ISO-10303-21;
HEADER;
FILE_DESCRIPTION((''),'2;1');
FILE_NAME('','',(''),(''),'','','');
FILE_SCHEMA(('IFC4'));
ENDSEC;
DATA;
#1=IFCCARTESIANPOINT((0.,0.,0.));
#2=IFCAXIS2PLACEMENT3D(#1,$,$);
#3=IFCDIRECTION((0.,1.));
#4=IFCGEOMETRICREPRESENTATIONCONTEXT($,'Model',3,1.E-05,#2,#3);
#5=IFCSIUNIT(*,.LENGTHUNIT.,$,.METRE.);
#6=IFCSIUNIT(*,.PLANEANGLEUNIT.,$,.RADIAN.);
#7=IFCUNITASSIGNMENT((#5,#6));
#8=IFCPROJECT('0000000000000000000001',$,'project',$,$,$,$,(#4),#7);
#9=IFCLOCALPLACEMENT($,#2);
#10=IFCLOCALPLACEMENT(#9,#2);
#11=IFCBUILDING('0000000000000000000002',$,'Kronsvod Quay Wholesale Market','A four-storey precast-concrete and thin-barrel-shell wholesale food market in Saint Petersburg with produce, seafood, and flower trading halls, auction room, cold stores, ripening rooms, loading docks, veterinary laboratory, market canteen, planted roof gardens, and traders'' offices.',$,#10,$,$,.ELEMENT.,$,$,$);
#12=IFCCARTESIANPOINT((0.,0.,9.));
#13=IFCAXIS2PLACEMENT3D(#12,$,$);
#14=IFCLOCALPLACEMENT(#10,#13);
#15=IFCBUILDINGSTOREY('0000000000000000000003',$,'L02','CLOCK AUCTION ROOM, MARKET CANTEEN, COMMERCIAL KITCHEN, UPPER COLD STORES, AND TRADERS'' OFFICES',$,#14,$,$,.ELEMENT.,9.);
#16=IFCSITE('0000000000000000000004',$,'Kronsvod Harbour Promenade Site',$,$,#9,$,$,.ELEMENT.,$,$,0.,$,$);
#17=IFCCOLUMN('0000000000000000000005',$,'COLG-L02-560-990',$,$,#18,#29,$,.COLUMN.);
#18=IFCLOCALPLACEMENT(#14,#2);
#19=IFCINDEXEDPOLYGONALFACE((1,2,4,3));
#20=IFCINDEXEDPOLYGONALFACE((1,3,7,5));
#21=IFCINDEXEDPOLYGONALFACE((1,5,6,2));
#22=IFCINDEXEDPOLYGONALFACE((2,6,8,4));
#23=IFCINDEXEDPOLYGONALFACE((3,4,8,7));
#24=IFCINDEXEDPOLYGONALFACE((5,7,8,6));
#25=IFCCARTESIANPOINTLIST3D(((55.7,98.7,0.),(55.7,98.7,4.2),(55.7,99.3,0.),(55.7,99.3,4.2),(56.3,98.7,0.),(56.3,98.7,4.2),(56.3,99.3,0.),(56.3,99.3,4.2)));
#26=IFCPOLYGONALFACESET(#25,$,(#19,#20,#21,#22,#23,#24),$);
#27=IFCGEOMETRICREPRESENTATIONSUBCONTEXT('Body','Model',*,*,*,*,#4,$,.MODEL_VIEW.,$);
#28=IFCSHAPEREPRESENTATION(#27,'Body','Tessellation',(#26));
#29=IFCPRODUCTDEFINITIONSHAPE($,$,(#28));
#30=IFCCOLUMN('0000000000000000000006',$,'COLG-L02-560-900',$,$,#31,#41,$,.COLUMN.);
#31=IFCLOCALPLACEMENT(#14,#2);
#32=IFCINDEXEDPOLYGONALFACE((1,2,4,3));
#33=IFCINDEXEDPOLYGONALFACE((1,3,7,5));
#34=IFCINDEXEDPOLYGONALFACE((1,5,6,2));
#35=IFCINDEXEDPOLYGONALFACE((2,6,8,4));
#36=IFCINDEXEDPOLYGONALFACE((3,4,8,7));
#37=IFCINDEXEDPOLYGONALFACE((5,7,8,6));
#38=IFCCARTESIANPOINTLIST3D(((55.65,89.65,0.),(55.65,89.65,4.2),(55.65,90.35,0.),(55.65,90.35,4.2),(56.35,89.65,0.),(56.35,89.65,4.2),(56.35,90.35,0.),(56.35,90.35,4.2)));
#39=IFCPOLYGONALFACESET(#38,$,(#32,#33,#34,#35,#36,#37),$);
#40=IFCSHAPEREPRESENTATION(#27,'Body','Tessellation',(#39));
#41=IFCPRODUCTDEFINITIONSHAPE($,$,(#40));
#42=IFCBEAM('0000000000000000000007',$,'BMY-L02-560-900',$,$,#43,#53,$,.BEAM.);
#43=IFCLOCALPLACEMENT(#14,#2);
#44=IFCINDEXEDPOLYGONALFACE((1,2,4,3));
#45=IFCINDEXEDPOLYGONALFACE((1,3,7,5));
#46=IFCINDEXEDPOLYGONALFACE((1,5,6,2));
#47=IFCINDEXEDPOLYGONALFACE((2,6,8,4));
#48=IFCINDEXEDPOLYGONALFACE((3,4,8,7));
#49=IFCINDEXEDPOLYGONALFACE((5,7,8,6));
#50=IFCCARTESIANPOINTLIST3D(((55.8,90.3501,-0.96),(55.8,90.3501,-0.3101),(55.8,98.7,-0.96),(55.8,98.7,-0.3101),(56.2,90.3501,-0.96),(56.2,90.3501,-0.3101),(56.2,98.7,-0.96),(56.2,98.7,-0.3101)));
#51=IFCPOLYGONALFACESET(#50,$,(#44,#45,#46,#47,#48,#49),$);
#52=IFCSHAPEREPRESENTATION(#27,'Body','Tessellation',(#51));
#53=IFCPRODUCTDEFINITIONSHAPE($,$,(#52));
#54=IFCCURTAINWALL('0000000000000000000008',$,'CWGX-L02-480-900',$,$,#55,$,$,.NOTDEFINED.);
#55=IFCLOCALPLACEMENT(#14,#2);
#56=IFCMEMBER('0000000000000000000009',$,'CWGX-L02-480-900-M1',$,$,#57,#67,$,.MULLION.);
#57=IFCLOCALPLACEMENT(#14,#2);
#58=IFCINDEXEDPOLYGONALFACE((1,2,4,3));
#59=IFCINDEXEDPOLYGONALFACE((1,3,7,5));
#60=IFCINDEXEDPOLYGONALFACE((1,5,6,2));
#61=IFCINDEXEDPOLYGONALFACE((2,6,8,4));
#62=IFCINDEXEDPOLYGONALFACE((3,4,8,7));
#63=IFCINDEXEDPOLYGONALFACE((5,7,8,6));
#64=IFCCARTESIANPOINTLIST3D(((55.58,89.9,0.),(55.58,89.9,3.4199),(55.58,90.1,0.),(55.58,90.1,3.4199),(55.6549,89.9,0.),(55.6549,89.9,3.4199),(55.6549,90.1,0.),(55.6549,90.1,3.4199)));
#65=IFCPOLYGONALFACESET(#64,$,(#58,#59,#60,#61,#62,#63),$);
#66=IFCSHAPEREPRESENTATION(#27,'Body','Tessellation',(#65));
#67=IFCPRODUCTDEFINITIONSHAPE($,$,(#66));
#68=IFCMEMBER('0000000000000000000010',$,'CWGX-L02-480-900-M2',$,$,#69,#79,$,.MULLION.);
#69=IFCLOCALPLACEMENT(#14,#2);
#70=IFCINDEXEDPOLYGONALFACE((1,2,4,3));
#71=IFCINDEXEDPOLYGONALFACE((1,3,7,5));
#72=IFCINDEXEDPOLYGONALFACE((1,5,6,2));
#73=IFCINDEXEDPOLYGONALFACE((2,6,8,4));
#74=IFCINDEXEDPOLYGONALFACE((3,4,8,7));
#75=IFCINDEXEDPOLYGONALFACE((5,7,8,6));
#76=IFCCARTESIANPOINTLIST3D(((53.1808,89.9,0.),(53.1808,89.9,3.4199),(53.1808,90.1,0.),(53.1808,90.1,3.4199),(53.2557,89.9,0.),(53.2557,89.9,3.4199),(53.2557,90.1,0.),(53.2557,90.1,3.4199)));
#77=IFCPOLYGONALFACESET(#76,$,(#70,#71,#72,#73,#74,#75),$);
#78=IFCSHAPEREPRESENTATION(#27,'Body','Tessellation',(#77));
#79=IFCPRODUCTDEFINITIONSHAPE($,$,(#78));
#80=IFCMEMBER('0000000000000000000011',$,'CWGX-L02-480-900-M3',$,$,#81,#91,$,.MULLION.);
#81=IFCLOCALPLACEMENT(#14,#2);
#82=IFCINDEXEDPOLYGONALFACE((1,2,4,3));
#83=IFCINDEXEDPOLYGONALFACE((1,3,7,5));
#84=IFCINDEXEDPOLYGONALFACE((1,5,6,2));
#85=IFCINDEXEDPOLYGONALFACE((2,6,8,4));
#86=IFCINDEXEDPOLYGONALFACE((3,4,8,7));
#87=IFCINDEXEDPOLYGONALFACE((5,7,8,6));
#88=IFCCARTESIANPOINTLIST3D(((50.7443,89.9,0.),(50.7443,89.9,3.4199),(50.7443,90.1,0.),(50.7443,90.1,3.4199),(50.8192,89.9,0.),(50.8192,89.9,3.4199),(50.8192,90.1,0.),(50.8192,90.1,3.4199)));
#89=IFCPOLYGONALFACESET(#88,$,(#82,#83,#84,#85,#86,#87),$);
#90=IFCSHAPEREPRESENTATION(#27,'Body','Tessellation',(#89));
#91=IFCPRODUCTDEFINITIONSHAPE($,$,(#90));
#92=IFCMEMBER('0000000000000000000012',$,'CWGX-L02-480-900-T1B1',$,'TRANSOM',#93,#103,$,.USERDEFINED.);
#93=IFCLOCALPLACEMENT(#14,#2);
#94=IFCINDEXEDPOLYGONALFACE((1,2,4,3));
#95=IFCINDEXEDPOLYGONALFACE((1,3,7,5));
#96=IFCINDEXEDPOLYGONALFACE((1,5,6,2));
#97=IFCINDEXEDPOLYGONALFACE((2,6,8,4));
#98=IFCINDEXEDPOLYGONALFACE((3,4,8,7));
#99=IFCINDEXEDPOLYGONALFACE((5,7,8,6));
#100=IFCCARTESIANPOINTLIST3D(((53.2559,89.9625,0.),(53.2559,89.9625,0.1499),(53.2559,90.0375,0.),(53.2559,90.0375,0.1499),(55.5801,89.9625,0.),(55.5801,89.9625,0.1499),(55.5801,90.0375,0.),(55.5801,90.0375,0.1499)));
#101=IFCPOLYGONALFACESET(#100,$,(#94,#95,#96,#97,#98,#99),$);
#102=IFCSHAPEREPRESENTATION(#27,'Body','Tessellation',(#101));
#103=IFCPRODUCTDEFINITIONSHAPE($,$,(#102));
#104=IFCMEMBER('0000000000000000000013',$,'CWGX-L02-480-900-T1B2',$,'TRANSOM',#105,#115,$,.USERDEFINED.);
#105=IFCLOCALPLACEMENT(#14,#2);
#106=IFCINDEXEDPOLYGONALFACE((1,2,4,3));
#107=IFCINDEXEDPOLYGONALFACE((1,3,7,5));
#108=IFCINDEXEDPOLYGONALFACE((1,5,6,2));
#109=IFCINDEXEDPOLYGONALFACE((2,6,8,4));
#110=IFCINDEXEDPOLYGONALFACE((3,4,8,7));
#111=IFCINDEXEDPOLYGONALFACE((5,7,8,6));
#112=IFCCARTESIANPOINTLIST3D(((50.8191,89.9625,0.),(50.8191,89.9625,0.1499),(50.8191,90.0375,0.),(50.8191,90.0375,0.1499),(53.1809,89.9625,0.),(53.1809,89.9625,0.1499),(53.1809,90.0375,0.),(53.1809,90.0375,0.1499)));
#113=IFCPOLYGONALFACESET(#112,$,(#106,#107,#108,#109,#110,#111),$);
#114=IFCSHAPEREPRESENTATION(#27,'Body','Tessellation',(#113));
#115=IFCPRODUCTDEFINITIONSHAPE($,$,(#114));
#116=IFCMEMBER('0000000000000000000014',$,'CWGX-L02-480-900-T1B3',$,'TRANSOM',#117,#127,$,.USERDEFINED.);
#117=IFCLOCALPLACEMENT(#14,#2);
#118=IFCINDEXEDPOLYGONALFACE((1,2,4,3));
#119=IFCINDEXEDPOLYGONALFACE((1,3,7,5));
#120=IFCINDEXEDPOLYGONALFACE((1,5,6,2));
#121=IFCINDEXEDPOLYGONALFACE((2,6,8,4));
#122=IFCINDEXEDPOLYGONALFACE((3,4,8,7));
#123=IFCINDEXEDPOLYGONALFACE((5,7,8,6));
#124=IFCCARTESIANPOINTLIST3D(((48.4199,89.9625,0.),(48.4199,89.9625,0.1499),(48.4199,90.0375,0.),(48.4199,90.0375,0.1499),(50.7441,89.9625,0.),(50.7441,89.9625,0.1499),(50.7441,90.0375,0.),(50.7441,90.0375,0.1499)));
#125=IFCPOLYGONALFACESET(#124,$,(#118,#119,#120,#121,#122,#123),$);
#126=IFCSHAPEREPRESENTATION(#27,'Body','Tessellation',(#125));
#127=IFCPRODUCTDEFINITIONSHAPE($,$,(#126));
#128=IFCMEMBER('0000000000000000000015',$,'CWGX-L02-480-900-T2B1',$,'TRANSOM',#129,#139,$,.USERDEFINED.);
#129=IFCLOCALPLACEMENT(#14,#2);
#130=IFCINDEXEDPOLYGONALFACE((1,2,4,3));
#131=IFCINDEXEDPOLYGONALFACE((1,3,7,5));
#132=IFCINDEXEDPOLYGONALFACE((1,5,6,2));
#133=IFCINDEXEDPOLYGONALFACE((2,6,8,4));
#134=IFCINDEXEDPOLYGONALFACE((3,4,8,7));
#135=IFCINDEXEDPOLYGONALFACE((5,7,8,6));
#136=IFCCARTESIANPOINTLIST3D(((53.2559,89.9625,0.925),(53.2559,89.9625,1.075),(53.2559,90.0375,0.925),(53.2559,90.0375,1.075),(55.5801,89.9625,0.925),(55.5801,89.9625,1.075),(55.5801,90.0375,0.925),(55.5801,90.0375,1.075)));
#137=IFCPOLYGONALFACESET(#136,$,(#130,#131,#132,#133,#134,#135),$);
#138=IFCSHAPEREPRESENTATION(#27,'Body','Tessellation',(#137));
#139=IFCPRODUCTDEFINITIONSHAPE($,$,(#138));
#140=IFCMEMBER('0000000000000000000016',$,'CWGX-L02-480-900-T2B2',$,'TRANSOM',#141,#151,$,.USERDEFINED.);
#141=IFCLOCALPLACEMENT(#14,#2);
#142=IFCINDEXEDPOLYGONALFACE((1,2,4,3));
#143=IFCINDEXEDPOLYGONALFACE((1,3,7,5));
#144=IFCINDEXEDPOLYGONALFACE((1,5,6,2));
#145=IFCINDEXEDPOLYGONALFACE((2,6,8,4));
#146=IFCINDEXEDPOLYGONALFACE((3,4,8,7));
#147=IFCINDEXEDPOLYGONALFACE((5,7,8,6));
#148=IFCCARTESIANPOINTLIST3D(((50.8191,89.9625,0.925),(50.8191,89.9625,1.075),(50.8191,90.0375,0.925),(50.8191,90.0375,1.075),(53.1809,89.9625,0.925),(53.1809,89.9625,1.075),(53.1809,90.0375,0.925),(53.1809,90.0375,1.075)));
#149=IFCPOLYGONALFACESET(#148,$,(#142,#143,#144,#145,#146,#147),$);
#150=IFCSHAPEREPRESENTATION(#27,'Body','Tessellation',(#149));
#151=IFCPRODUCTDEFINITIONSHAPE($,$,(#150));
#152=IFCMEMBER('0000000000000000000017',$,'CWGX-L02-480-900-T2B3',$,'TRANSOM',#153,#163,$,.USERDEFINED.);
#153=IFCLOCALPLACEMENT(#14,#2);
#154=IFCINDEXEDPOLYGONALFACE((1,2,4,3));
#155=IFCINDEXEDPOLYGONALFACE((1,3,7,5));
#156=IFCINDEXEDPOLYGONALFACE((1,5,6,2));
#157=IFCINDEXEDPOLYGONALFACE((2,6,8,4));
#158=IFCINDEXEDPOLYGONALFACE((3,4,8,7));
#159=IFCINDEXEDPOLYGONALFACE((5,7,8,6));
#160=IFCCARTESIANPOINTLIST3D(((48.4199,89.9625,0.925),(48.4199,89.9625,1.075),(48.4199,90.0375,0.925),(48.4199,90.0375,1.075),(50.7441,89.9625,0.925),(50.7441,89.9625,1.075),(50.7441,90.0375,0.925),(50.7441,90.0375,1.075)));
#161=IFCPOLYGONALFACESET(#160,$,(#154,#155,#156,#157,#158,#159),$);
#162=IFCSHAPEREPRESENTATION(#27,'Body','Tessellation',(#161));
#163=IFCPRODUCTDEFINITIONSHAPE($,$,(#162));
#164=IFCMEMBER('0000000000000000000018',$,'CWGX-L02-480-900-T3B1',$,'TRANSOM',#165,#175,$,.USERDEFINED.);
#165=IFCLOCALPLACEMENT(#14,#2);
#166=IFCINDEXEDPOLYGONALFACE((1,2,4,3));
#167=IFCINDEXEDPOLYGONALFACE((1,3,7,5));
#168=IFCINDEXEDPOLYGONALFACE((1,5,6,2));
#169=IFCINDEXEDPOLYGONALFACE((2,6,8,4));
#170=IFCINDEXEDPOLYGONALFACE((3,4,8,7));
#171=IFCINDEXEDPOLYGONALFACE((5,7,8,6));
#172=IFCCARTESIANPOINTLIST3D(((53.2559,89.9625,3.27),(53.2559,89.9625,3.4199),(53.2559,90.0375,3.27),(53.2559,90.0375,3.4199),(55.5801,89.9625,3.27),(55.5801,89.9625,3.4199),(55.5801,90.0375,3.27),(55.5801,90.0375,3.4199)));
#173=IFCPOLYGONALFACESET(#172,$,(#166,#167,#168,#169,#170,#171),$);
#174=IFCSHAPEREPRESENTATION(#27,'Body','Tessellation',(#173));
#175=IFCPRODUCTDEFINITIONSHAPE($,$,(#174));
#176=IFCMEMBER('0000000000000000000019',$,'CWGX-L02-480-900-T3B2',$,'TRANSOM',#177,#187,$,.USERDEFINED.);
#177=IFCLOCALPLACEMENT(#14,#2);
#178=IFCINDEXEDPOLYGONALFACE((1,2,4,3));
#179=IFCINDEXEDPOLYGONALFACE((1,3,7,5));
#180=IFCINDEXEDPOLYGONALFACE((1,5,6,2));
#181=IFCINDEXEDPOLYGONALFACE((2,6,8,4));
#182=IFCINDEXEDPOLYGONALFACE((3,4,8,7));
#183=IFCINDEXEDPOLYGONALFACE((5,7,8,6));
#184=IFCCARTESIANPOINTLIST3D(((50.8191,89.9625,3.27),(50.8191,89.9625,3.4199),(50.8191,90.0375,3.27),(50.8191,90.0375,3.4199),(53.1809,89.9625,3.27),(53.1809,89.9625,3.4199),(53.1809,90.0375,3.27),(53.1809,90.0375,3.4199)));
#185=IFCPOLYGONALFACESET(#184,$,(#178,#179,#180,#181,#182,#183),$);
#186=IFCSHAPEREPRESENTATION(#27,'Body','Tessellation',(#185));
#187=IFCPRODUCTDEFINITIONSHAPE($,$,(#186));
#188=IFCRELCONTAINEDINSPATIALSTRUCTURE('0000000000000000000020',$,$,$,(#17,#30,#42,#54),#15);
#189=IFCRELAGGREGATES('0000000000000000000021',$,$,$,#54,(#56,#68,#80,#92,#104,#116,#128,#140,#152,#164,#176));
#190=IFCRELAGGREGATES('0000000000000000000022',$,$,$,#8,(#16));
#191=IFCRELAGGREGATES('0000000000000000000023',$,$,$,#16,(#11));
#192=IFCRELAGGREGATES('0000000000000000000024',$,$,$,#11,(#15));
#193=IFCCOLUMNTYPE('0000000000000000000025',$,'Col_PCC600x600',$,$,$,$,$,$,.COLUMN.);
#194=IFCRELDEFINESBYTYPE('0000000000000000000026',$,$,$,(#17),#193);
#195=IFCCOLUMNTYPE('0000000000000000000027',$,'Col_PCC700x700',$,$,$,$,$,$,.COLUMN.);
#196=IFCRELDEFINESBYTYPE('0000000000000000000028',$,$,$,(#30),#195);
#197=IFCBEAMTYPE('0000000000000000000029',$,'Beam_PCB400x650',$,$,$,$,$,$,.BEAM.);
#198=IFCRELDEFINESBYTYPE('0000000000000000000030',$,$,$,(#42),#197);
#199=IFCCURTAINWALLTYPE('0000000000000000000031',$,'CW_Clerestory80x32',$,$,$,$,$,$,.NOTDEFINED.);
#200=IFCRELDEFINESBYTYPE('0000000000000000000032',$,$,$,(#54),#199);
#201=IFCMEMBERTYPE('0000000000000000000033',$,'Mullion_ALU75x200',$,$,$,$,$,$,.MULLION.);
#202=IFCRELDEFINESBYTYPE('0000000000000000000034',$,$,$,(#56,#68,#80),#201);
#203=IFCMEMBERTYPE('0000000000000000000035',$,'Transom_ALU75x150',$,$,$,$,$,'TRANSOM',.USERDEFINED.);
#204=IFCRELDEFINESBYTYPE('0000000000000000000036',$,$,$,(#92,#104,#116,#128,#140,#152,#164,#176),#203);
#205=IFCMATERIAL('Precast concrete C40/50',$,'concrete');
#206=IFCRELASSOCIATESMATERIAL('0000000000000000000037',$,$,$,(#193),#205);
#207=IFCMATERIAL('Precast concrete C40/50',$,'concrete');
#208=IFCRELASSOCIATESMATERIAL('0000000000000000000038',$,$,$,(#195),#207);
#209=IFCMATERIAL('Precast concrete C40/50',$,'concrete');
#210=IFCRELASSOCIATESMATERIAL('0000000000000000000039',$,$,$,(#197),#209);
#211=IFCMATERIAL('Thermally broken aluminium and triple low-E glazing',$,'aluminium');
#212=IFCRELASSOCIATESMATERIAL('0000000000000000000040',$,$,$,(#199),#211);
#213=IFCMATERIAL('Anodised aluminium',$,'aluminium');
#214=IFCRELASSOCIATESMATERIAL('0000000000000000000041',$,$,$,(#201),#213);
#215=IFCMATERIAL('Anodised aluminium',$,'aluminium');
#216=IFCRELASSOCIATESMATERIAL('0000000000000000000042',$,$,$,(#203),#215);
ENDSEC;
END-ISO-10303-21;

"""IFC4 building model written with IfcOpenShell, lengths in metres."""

from ifc_helpers import new_model, si_unit, direction, frame, origin, origin_2d, place, context, subcontext, project, spatial, rectangle, extrude, material, material_profile, profile_set, type_object, element, aggregate, save


model = new_model("IFC4")

# Units and contexts
model_context = context("Model", 3, precision=1e-05, world=origin(), true_north=direction((0.0, 1.0)))
body_context = subcontext(model_context, "Body", "Model", "MODEL_VIEW")
ifc_project = project(units=[si_unit("LENGTHUNIT", "METRE"), si_unit("PLANEANGLEUNIT", "RADIAN")], contexts=[model_context])

# Site, building, storey
site_placement = place(None, origin())
site = spatial("IfcSite", under=ifc_project, at=site_placement, Name="Kronsvod Harbour Promenade Site", CompositionType="ELEMENT", RefElevation=0.0)
building_placement = place(site_placement, origin())
building = spatial("IfcBuilding", under=site, at=building_placement, Name="Kronsvod Quay Wholesale Market", Description="A four-storey precast-concrete and thin-barrel-shell wholesale food market in Saint Petersburg with produce, seafood, and flower trading halls, auction room, cold stores, ripening rooms, loading docks, veterinary laboratory, market canteen, planted roof gardens, and traders' offices.", CompositionType="ELEMENT")
storey_placement = place(building_placement, frame((0.0, 0.0, 9.0)))
storey = spatial("IfcBuildingStorey", under=building, at=storey_placement, Name="L02", Description="CLOCK AUCTION ROOM, MARKET CANTEEN, COMMERCIAL KITCHEN, UPPER COLD STORES, AND TRADERS' OFFICES", CompositionType="ELEMENT", Elevation=9.0)

# Columns
ifc_material_1 = material(Name="Precast concrete C40/50", Category="concrete")
ifc_material_profile_1 = material_profile(ifc_material_1, rectangle(XDim=0.6001, YDim=0.6001, at=origin_2d()), Name="PCC600x600")
ifc_profile_set_1 = profile_set([ifc_material_profile_1], Name="Precast concrete C40/50")
column_type_1 = type_object("IfcColumnType", Name="Col_PCC600x600", PredefinedType="COLUMN", material=ifc_profile_set_1)
column_1_placement = place(storey_placement, frame((56.0, 99.0, 0.0), z_axis=(0.0, 0.0, 1.0), x_axis=(1.0, 0.0, 0.0)))
element("IfcColumn", 1, at=column_1_placement, inside=storey, type_object=column_type_1, Name="COLG-L02-560-990", PredefinedType="COLUMN", context=body_context, shape_type="SweptSolid", body=[
    extrude(rectangle(XDim=0.6001, YDim=0.6001, at=origin_2d()), origin(), (0.0, 0.0, 1.0), 4.2),
])
ifc_material_2 = material(Name="Precast concrete C40/50", Category="concrete")
ifc_material_profile_2 = material_profile(ifc_material_2, rectangle(XDim=0.7, YDim=0.7, at=origin_2d()), Name="PCC700x700")
ifc_profile_set_2 = profile_set([ifc_material_profile_2], Name="Precast concrete C40/50")
column_type_2 = type_object("IfcColumnType", Name="Col_PCC700x700", PredefinedType="COLUMN", material=ifc_profile_set_2)
column_2_placement = place(storey_placement, frame((56.0, 90.0, 0.0), z_axis=(0.0, 0.0, 1.0), x_axis=(1.0, 0.0, 0.0)))
element("IfcColumn", 2, at=column_2_placement, inside=storey, type_object=column_type_2, Name="COLG-L02-560-900", PredefinedType="COLUMN", context=body_context, shape_type="SweptSolid", body=[
    extrude(rectangle(XDim=0.7, YDim=0.7, at=origin_2d()), origin(), (0.0, 0.0, 1.0), 4.2),
])

# Beam
ifc_material_3 = material(Name="Precast concrete C40/50", Category="concrete")
ifc_material_profile_3 = material_profile(ifc_material_3, rectangle(XDim=0.3999, YDim=0.6499, at=origin_2d()), Name="PCB400x650")
ifc_profile_set_3 = profile_set([ifc_material_profile_3], Name="Precast concrete C40/50")
beam_type = type_object("IfcBeamType", Name="Beam_PCB400x650", PredefinedType="BEAM", material=ifc_profile_set_3)
beam_placement = place(storey_placement, frame((56.0, 90.3501, -0.635), z_axis=(0.0, 1.0, 0.0), x_axis=(-1.0, 0.0, 0.0)))
element("IfcBeam", 3, at=beam_placement, inside=storey, type_object=beam_type, Name="BMY-L02-560-900", PredefinedType="BEAM", context=body_context, shape_type="SweptSolid", body=[
    extrude(rectangle(XDim=0.3999, YDim=0.6499, at=origin_2d()), origin(), (0.0, 0.0, 1.0), 8.3499),
])

# Curtain wall, members
ifc_material_4 = material(Name="Thermally broken aluminium and triple low-E glazing", Category="aluminium")
curtain_wall_type = type_object("IfcCurtainWallType", Name="CW_Clerestory80x32", PredefinedType="NOTDEFINED", material=ifc_material_4)
curtain_wall_placement = place(storey_placement, origin())
curtain_wall = element("IfcCurtainWall", 4, at=curtain_wall_placement, inside=storey, type_object=curtain_wall_type, Name="CWGX-L02-480-900", PredefinedType="NOTDEFINED")
ifc_material_5 = material(Name="Anodised aluminium", Category="aluminium")
ifc_material_profile_4 = material_profile(ifc_material_5, rectangle(XDim=0.075, YDim=0.2, at=origin_2d()), Name="ALUM75x200")
ifc_profile_set_4 = profile_set([ifc_material_profile_4], Name="Anodised aluminium")
member_type_1 = type_object("IfcMemberType", Name="Mullion_ALU75x200", PredefinedType="MULLION", material=ifc_profile_set_4)
member_1_placement = place(storey_placement, frame((55.6174, 90.0, 0.0), z_axis=(0.0, 0.0, 1.0), x_axis=(1.0, 0.0, 0.0)))
member_1 = element("IfcMember", 5, at=member_1_placement, type_object=member_type_1, Name="CWGX-L02-480-900-M1", PredefinedType="MULLION", context=body_context, shape_type="SweptSolid", body=[
    extrude(rectangle(XDim=0.075, YDim=0.2, at=origin_2d()), origin(), (0.0, 0.0, 1.0), 3.4199),
])
member_2_placement = place(storey_placement, frame((53.2183, 90.0, 0.0), z_axis=(0.0, 0.0, 1.0), x_axis=(1.0, 0.0, 0.0)))
member_2 = element("IfcMember", 6, at=member_2_placement, type_object=member_type_1, Name="CWGX-L02-480-900-M2", PredefinedType="MULLION", context=body_context, shape_type="SweptSolid", body=[
    extrude(rectangle(XDim=0.075, YDim=0.2, at=origin_2d()), origin(), (0.0, 0.0, 1.0), 3.4199),
])
member_3_placement = place(storey_placement, frame((50.7817, 90.0, 0.0), z_axis=(0.0, 0.0, 1.0), x_axis=(1.0, 0.0, 0.0)))
member_3 = element("IfcMember", 7, at=member_3_placement, type_object=member_type_1, Name="CWGX-L02-480-900-M3", PredefinedType="MULLION", context=body_context, shape_type="SweptSolid", body=[
    extrude(rectangle(XDim=0.075, YDim=0.2, at=origin_2d()), origin(), (0.0, 0.0, 1.0), 3.4199),
])
ifc_material_6 = material(Name="Anodised aluminium", Category="aluminium")
ifc_material_profile_5 = material_profile(ifc_material_6, rectangle(XDim=0.075, YDim=0.1499, at=origin_2d()), Name="ALUT75x150")
ifc_profile_set_5 = profile_set([ifc_material_profile_5], Name="Anodised aluminium")
member_type_2 = type_object("IfcMemberType", Name="Transom_ALU75x150", ElementType="TRANSOM", PredefinedType="USERDEFINED", material=ifc_profile_set_5)
member_4_placement = place(storey_placement, frame((55.5801, 90.0, 0.075), z_axis=(-1.0, 0.0, 0.0), x_axis=(0.0, -1.0, 0.0)))
member_4 = element("IfcMember", 8, at=member_4_placement, type_object=member_type_2, Name="CWGX-L02-480-900-T1B1", ObjectType="TRANSOM", PredefinedType="USERDEFINED", context=body_context, shape_type="SweptSolid", body=[
    extrude(rectangle(XDim=0.075, YDim=0.1499, at=origin_2d()), origin(), (0.0, 0.0, 1.0), 2.3242),
])
member_5_placement = place(storey_placement, frame((53.1809, 90.0, 0.075), z_axis=(-1.0, 0.0, 0.0), x_axis=(0.0, -1.0, 0.0)))
member_5 = element("IfcMember", 9, at=member_5_placement, type_object=member_type_2, Name="CWGX-L02-480-900-T1B2", ObjectType="TRANSOM", PredefinedType="USERDEFINED", context=body_context, shape_type="SweptSolid", body=[
    extrude(rectangle(XDim=0.075, YDim=0.1499, at=origin_2d()), origin(), (0.0, 0.0, 1.0), 2.3618),
])
member_6_placement = place(storey_placement, frame((50.7441, 90.0, 0.075), z_axis=(-1.0, 0.0, 0.0), x_axis=(0.0, -1.0, 0.0)))
member_6 = element("IfcMember", 10, at=member_6_placement, type_object=member_type_2, Name="CWGX-L02-480-900-T1B3", ObjectType="TRANSOM", PredefinedType="USERDEFINED", context=body_context, shape_type="SweptSolid", body=[
    extrude(rectangle(XDim=0.075, YDim=0.1499, at=origin_2d()), origin(), (0.0, 0.0, 1.0), 2.3242),
])
member_7_placement = place(storey_placement, frame((55.5801, 90.0, 1.0), z_axis=(-1.0, 0.0, 0.0), x_axis=(0.0, -1.0, 0.0)))
member_7 = element("IfcMember", 11, at=member_7_placement, type_object=member_type_2, Name="CWGX-L02-480-900-T2B1", ObjectType="TRANSOM", PredefinedType="USERDEFINED", context=body_context, shape_type="SweptSolid", body=[
    extrude(rectangle(XDim=0.075, YDim=0.1499, at=origin_2d()), origin(), (0.0, 0.0, 1.0), 2.3242),
])
member_8_placement = place(storey_placement, frame((53.1809, 90.0, 1.0), z_axis=(-1.0, 0.0, 0.0), x_axis=(0.0, -1.0, 0.0)))
member_8 = element("IfcMember", 12, at=member_8_placement, type_object=member_type_2, Name="CWGX-L02-480-900-T2B2", ObjectType="TRANSOM", PredefinedType="USERDEFINED", context=body_context, shape_type="SweptSolid", body=[
    extrude(rectangle(XDim=0.075, YDim=0.1499, at=origin_2d()), origin(), (0.0, 0.0, 1.0), 2.3618),
])
member_9_placement = place(storey_placement, frame((50.7441, 90.0, 1.0), z_axis=(-1.0, 0.0, 0.0), x_axis=(0.0, -1.0, 0.0)))
member_9 = element("IfcMember", 13, at=member_9_placement, type_object=member_type_2, Name="CWGX-L02-480-900-T2B3", ObjectType="TRANSOM", PredefinedType="USERDEFINED", context=body_context, shape_type="SweptSolid", body=[
    extrude(rectangle(XDim=0.075, YDim=0.1499, at=origin_2d()), origin(), (0.0, 0.0, 1.0), 2.3242),
])
member_10_placement = place(storey_placement, frame((55.5801, 90.0, 3.345), z_axis=(-1.0, 0.0, 0.0), x_axis=(0.0, -1.0, 0.0)))
member_10 = element("IfcMember", 14, at=member_10_placement, type_object=member_type_2, Name="CWGX-L02-480-900-T3B1", ObjectType="TRANSOM", PredefinedType="USERDEFINED", context=body_context, shape_type="SweptSolid", body=[
    extrude(rectangle(XDim=0.075, YDim=0.1499, at=origin_2d()), origin(), (0.0, 0.0, 1.0), 2.3242),
])
member_11_placement = place(storey_placement, frame((53.1809, 90.0, 3.345), z_axis=(-1.0, 0.0, 0.0), x_axis=(0.0, -1.0, 0.0)))
member_11 = element("IfcMember", 15, at=member_11_placement, type_object=member_type_2, Name="CWGX-L02-480-900-T3B2", ObjectType="TRANSOM", PredefinedType="USERDEFINED", context=body_context, shape_type="SweptSolid", body=[
    extrude(rectangle(XDim=0.075, YDim=0.1499, at=origin_2d()), origin(), (0.0, 0.0, 1.0), 2.3618),
])
aggregate(curtain_wall, [member_1, member_2, member_3, member_4, member_5, member_6, member_7, member_8, member_9, member_10, member_11])

save(model, "model.ifc")
